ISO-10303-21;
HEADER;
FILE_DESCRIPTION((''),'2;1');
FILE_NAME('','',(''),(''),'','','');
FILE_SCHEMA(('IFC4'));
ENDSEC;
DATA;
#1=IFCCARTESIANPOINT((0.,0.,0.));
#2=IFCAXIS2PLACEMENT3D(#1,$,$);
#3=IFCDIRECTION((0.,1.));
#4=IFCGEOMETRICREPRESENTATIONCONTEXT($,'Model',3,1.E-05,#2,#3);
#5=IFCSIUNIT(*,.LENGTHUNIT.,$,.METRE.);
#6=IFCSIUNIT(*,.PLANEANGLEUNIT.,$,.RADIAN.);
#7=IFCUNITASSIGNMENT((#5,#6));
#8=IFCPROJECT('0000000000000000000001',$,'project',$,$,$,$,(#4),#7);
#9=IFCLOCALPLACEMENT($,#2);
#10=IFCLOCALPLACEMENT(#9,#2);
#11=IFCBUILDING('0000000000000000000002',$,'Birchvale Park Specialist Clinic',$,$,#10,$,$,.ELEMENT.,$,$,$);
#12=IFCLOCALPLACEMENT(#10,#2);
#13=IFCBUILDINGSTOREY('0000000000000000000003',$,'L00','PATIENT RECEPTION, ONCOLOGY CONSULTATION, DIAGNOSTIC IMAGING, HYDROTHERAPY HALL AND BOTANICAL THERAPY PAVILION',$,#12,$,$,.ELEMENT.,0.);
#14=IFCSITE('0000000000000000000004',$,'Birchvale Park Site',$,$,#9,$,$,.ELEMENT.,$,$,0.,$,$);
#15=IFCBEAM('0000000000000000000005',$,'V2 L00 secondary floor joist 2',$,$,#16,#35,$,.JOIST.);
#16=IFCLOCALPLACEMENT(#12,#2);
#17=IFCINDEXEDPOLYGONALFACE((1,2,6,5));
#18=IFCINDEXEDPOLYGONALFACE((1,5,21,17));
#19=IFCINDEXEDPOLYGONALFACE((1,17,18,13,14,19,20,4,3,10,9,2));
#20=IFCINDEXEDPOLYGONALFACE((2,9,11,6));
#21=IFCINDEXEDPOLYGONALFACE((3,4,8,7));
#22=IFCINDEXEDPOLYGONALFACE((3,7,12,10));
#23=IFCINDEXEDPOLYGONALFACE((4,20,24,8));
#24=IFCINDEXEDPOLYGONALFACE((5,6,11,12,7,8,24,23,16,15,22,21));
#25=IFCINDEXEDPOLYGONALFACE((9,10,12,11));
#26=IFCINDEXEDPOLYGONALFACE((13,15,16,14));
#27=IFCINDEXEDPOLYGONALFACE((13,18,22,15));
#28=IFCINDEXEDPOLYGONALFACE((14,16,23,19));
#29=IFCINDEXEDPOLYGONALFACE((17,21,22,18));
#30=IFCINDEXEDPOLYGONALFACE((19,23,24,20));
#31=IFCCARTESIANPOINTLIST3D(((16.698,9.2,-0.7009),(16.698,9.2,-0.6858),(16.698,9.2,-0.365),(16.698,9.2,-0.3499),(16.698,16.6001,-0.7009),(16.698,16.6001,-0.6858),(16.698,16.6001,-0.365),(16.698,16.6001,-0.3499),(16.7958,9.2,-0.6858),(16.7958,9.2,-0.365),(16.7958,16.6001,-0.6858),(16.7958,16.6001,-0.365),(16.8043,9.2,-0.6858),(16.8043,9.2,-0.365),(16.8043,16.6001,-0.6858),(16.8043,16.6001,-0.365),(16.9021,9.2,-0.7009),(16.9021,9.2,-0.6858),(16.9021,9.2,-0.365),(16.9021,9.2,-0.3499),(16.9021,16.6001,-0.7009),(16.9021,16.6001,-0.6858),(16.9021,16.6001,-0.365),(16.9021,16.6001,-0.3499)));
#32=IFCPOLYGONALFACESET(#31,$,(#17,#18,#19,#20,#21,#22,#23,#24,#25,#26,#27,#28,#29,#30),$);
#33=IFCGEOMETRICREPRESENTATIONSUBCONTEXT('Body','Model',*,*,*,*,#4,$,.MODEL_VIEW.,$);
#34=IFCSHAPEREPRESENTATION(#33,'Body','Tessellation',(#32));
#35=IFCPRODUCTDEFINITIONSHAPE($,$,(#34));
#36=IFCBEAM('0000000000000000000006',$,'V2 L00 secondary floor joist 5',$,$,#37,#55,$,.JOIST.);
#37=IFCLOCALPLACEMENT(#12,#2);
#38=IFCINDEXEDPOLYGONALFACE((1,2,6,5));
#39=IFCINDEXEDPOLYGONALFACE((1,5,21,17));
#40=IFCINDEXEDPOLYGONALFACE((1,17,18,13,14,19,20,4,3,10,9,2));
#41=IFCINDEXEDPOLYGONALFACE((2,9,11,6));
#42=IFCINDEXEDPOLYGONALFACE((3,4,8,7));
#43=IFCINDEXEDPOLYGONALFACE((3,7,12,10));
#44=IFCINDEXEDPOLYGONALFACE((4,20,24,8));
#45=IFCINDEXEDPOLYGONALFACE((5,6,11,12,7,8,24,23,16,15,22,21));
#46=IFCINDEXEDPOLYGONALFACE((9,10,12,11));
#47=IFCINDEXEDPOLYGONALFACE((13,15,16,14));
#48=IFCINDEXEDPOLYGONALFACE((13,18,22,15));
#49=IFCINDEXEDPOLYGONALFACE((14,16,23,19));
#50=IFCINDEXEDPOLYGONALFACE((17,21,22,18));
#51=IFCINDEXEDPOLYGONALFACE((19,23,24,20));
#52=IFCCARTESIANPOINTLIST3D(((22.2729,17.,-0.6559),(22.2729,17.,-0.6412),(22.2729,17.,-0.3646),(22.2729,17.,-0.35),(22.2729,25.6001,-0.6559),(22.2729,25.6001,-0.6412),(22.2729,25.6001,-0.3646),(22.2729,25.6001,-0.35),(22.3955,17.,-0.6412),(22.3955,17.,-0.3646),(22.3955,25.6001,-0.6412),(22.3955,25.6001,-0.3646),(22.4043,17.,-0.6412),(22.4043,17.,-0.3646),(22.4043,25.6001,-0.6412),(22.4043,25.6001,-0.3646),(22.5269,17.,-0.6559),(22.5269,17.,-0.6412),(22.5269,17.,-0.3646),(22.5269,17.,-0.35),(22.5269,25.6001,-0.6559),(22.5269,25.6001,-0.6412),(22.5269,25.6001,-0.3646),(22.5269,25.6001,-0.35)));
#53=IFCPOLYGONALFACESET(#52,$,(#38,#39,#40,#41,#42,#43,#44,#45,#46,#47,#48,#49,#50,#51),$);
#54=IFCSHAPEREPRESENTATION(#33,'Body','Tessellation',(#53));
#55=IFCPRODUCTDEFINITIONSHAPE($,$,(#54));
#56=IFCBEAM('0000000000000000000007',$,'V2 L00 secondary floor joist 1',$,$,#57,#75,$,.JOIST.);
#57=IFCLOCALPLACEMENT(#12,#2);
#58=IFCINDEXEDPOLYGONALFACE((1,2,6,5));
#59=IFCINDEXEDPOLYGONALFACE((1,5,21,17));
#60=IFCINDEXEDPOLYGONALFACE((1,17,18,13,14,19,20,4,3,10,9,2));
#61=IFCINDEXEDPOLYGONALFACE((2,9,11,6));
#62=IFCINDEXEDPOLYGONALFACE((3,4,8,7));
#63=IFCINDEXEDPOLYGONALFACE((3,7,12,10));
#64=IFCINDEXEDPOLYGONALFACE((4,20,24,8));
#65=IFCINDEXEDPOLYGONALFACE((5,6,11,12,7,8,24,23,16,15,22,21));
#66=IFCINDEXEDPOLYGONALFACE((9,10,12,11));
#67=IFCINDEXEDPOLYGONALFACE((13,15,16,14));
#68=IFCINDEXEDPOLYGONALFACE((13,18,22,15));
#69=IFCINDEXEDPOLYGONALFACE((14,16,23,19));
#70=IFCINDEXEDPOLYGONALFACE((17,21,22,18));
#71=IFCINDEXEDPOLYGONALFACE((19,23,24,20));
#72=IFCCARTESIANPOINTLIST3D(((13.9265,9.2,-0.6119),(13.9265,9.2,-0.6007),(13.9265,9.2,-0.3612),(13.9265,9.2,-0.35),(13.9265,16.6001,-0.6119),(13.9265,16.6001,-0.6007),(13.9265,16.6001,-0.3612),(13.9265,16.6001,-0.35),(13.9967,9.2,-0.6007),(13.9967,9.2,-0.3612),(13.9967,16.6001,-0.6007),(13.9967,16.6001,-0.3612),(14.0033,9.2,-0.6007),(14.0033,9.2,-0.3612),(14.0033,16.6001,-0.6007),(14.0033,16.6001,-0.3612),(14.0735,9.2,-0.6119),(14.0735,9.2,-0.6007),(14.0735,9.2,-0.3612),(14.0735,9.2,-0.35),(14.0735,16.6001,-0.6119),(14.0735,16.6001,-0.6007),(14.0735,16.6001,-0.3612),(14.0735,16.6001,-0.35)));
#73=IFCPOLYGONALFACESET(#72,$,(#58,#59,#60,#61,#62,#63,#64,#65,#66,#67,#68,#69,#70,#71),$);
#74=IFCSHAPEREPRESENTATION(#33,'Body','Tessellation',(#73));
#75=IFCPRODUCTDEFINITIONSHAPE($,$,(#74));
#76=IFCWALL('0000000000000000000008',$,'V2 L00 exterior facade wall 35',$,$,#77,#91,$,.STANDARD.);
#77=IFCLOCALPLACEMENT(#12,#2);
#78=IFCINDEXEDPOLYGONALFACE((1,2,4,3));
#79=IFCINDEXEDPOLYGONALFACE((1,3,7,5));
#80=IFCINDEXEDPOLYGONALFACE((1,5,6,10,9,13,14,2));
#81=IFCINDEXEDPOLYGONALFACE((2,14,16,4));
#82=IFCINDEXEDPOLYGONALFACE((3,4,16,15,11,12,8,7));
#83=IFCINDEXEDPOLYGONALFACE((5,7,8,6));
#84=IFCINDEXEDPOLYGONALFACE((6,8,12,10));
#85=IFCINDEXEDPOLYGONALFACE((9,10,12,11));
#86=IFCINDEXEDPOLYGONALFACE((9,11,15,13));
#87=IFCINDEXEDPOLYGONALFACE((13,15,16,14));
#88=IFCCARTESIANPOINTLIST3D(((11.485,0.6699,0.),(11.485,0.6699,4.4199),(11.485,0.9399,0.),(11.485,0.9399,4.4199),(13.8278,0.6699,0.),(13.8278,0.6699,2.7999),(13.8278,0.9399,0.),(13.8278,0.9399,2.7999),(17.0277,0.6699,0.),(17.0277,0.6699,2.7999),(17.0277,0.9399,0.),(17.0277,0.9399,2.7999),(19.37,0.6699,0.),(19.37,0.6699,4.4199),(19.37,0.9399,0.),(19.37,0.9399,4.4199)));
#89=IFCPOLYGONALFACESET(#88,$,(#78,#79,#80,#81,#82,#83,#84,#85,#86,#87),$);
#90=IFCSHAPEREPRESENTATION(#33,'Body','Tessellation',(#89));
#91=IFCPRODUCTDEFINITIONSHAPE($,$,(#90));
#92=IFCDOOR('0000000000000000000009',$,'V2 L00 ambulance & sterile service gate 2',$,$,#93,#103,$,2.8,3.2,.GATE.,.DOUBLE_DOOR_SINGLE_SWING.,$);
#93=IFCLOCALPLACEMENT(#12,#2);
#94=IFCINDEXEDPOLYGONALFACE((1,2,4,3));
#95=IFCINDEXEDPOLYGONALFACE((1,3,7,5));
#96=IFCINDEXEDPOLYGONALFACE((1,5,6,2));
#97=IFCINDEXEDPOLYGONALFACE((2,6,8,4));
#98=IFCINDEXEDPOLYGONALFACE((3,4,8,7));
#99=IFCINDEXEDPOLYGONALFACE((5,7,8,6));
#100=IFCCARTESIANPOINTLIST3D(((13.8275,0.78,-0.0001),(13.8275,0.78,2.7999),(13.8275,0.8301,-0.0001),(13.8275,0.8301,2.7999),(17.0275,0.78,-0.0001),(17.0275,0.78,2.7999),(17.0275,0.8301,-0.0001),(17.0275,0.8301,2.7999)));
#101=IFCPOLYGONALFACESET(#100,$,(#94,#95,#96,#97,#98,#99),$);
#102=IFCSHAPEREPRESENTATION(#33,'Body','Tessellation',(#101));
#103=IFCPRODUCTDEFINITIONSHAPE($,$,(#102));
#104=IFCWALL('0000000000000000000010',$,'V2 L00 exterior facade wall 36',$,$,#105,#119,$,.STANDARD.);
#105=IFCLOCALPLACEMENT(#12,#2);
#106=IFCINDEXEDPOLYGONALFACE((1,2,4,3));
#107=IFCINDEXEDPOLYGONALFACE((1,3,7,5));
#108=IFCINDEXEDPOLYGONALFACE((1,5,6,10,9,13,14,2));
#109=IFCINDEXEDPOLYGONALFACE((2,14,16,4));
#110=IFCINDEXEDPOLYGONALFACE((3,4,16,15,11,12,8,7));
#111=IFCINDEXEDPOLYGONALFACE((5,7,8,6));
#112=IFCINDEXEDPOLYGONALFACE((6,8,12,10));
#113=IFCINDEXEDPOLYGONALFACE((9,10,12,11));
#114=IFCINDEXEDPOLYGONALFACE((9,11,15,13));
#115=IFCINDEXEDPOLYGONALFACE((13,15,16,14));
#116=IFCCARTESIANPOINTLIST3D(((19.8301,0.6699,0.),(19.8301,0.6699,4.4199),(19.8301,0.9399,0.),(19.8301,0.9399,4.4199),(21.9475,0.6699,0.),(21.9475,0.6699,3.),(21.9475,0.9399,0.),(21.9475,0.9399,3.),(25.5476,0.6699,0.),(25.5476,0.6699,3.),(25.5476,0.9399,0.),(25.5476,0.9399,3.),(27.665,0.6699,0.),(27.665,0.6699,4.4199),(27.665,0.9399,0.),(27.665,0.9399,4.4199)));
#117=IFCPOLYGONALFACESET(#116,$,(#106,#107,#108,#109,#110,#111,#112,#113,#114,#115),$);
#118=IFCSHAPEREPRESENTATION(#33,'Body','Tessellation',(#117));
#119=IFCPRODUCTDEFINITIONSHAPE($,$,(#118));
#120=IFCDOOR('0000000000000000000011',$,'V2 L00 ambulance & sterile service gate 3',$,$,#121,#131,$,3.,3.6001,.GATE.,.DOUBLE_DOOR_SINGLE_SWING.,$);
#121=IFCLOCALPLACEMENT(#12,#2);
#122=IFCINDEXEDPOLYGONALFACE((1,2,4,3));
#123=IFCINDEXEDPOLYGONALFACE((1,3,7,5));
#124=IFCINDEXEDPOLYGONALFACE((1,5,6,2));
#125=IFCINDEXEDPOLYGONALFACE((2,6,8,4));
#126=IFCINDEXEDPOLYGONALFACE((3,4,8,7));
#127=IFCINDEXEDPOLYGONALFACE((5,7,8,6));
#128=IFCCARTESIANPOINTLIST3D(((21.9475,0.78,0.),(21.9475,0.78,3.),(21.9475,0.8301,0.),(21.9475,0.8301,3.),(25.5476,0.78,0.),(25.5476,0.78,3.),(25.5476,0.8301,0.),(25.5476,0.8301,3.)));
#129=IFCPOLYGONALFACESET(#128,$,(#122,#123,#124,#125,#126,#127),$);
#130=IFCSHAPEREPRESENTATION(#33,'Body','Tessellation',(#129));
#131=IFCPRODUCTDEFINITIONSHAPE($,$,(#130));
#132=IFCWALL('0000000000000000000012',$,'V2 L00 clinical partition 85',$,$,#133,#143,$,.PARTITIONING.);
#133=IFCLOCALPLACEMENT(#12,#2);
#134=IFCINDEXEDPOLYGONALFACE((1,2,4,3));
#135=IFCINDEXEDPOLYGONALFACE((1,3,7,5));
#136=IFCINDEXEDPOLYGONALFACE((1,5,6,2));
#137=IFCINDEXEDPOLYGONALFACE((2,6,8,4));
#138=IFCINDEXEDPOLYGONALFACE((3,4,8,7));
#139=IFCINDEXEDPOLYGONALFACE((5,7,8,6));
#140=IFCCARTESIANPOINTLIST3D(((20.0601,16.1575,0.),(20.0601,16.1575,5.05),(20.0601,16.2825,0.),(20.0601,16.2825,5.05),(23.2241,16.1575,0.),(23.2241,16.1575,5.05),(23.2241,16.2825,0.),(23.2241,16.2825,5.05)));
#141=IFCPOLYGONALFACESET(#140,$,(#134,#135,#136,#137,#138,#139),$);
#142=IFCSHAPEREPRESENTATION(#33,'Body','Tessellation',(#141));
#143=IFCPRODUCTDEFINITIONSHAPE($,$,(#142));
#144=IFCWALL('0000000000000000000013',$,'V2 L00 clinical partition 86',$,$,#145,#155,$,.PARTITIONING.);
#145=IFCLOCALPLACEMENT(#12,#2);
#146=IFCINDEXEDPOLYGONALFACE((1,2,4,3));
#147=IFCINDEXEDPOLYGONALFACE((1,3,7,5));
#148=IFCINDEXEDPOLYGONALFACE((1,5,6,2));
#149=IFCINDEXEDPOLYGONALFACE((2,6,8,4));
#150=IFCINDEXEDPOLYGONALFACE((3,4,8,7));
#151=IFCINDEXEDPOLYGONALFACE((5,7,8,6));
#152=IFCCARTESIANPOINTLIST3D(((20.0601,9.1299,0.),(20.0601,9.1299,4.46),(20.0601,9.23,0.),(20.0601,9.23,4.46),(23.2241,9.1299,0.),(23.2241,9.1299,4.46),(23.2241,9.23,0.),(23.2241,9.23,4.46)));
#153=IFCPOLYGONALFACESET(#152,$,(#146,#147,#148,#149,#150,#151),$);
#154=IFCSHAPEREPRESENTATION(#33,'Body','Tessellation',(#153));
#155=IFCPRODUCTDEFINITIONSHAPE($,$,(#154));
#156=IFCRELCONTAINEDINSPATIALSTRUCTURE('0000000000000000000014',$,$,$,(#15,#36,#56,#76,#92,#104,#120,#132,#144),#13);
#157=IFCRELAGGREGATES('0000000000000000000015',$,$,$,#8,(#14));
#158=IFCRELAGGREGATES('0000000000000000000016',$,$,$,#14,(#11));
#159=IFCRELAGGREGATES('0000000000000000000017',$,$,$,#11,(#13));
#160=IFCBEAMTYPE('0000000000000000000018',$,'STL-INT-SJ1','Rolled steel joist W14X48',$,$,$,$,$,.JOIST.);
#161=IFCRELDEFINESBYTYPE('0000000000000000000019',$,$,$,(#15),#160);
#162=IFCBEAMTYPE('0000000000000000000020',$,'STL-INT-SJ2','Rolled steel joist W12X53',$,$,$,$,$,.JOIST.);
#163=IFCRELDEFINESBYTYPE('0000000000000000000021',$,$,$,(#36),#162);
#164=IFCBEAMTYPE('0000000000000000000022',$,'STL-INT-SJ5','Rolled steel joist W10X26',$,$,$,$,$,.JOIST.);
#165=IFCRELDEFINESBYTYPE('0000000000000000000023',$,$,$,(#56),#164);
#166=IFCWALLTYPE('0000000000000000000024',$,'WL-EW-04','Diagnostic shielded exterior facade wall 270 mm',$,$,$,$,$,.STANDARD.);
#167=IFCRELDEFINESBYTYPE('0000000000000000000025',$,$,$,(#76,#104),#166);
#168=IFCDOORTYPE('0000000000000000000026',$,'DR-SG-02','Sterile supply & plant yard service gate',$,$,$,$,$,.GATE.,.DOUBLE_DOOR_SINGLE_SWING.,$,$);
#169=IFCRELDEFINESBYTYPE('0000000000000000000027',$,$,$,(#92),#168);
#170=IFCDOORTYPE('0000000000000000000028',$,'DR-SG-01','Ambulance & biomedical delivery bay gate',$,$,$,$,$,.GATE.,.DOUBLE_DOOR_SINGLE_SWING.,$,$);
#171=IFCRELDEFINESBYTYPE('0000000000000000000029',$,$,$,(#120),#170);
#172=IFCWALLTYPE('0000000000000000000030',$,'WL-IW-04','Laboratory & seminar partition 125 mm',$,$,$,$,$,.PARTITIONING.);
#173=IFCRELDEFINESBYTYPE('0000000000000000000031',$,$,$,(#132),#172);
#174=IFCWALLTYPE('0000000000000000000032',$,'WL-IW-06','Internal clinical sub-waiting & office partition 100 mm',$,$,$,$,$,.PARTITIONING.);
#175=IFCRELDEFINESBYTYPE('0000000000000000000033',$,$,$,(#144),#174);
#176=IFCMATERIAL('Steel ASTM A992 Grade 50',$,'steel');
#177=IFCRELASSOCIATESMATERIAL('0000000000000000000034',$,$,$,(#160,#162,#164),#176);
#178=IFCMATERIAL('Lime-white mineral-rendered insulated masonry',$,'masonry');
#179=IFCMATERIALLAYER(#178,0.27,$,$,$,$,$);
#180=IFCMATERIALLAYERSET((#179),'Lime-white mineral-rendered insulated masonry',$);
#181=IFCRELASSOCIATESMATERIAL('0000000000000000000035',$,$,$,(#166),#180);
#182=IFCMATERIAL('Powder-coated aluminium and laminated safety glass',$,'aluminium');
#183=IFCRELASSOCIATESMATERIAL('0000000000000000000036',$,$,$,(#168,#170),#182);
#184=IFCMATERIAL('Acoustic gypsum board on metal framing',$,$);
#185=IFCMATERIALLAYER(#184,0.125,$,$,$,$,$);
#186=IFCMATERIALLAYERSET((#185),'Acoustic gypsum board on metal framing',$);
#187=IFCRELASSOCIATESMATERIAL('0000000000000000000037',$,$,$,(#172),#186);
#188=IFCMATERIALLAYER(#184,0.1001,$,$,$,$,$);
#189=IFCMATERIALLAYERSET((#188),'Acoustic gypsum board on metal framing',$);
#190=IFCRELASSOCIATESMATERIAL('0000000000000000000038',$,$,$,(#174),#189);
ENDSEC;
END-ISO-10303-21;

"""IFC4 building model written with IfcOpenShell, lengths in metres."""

from ifc_helpers import new_model, si_unit, direction, frame, frame_2d, origin, origin_2d, place, context, subcontext, project, spatial, rectangle, i_section, extrude, material, layer, layer_set, material_profile, profile_set, type_object, element, fill, save


model = new_model("IFC4")

# Units and contexts
model_context = context("Model", 3, precision=1e-05, world=origin(), true_north=direction((0.0, 1.0)))
body_context = subcontext(model_context, "Body", "Model", "MODEL_VIEW")
ifc_project = project(units=[si_unit("LENGTHUNIT", "METRE"), si_unit("PLANEANGLEUNIT", "RADIAN")], contexts=[model_context])

# Site, building, storey
site_placement = place(None, origin())
site = spatial("IfcSite", under=ifc_project, at=site_placement, Name="Birchvale Park Site", CompositionType="ELEMENT", RefElevation=0.0)
building_placement = place(site_placement, origin())
building = spatial("IfcBuilding", under=site, at=building_placement, Name="Birchvale Park Specialist Clinic", CompositionType="ELEMENT")
storey_placement = place(building_placement, origin())
storey = spatial("IfcBuildingStorey", under=building, at=storey_placement, Name="L00", Description="PATIENT RECEPTION, ONCOLOGY CONSULTATION, DIAGNOSTIC IMAGING, HYDROTHERAPY HALL AND BOTANICAL THERAPY PAVILION", CompositionType="ELEMENT", Elevation=0.0)

# Beams
ifc_material_1 = material(Name="Steel ASTM A992 Grade 50", Category="steel")
ifc_material_profile_1 = material_profile(ifc_material_1, i_section(OverallWidth=0.2041, OverallDepth=0.3511, WebThickness=0.0085, FlangeThickness=0.0151, at=origin_2d()), Name="W14X48")
ifc_profile_set_1 = profile_set([ifc_material_profile_1], Name="Steel ASTM A992 Grade 50")
beam_type_1 = type_object("IfcBeamType", Name="STL-INT-SJ1", Description="Rolled steel joist W14X48", PredefinedType="JOIST", material=ifc_profile_set_1)
beam_1_placement = place(storey_placement, frame((16.8, 9.2, -0.5254), z_axis=(0.0, 1.0, 0.0), x_axis=(-1.0, 0.0, 0.0)))
element("IfcBeam", 1, at=beam_1_placement, inside=storey, type_object=beam_type_1, Name="V2 L00 secondary floor joist 2", PredefinedType="JOIST", context=body_context, shape_type="SweptSolid", body=[
    extrude(i_section(OverallWidth=0.2041, OverallDepth=0.3511, WebThickness=0.0085, FlangeThickness=0.0151, at=origin_2d()), origin(), (0.0, 0.0, 1.0), 7.4001),
])
ifc_material_profile_2 = material_profile(ifc_material_1, i_section(OverallWidth=0.2539, OverallDepth=0.3059, WebThickness=0.0088, FlangeThickness=0.0146, at=origin_2d()), Name="W12X53")
ifc_profile_set_2 = profile_set([ifc_material_profile_2], Name="Steel ASTM A992 Grade 50")
beam_type_2 = type_object("IfcBeamType", Name="STL-INT-SJ2", Description="Rolled steel joist W12X53", PredefinedType="JOIST", material=ifc_profile_set_2)
beam_2_placement = place(storey_placement, frame((22.3999, 17.0, -0.5029), z_axis=(0.0, 1.0, 0.0), x_axis=(-1.0, 0.0, 0.0)))
element("IfcBeam", 2, at=beam_2_placement, inside=storey, type_object=beam_type_2, Name="V2 L00 secondary floor joist 5", PredefinedType="JOIST", context=body_context, shape_type="SweptSolid", body=[
    extrude(i_section(OverallWidth=0.2539, OverallDepth=0.3059, WebThickness=0.0088, FlangeThickness=0.0146, at=origin_2d()), origin(), (0.0, 0.0, 1.0), 8.6001),
])
ifc_material_profile_3 = material_profile(ifc_material_1, i_section(OverallWidth=0.147, OverallDepth=0.262, WebThickness=0.0066, FlangeThickness=0.0112, at=origin_2d()), Name="W10X26")
ifc_profile_set_3 = profile_set([ifc_material_profile_3], Name="Steel ASTM A992 Grade 50")
beam_type_3 = type_object("IfcBeamType", Name="STL-INT-SJ5", Description="Rolled steel joist W10X26", PredefinedType="JOIST", material=ifc_profile_set_3)
beam_3_placement = place(storey_placement, frame((14.0, 9.2, -0.481), z_axis=(0.0, 1.0, 0.0), x_axis=(-1.0, 0.0, 0.0)))
element("IfcBeam", 3, at=beam_3_placement, inside=storey, type_object=beam_type_3, Name="V2 L00 secondary floor joist 1", PredefinedType="JOIST", context=body_context, shape_type="SweptSolid", body=[
    extrude(i_section(OverallWidth=0.147, OverallDepth=0.262, WebThickness=0.0066, FlangeThickness=0.0112, at=origin_2d()), origin(), (0.0, 0.0, 1.0), 7.4001),
])

# Walls, openings, doors
ifc_material_2 = material(Name="Lime-white mineral-rendered insulated masonry", Category="masonry")
ifc_layer_1 = layer(ifc_material_2, 0.27)
ifc_layer_set_1 = layer_set([ifc_layer_1], Name="Lime-white mineral-rendered insulated masonry")
wall_type_1 = type_object("IfcWallType", Name="WL-EW-04", Description="Diagnostic shielded exterior facade wall 270 mm", PredefinedType="STANDARD", material=ifc_layer_set_1)
wall_1_placement = place(storey_placement, frame((11.4851, 0.8049, 0.0), z_axis=(0.0, 0.0, 1.0), x_axis=(1.0, 0.0, 0.0)))
wall_1 = element("IfcWall", 4, at=wall_1_placement, inside=storey, type_object=wall_type_1, Name="V2 L00 exterior facade wall 35", PredefinedType="STANDARD", context=body_context, shape_type="SweptSolid", body=[
    extrude(rectangle(XDim=7.885, YDim=0.27, at=frame_2d((3.9424, 0.0))), origin(), (0.0, 0.0, 1.0), 4.4199),
])
opening_1_placement = place(wall_1_placement, frame((2.3425, 0.0, 0.0)))
opening_1 = element("IfcOpeningElement", 5, at=opening_1_placement, cuts=wall_1, PredefinedType="OPENING", context=body_context, shape_type="SweptSolid", body=[
    extrude(rectangle(XDim=3.2, YDim=2.8, at=frame_2d((1.6001, 1.3999))), frame((0.0, 0.145, 0.0), z_axis=(0.0, -1.0, 0.0), x_axis=(1.0, 0.0, 0.0)), (0.0, 0.0, 1.0), 0.29),
])
ifc_material_3 = material(Name="Powder-coated aluminium and laminated safety glass", Category="aluminium")
door_type_1 = type_object("IfcDoorType", Name="DR-SG-02", Description="Sterile supply & plant yard service gate", OperationType="DOUBLE_DOOR_SINGLE_SWING", PredefinedType="GATE", material=ifc_material_3)
door_1_placement = place(opening_1_placement, frame((3.2, 0.0, 0.0), z_axis=(0.0, 0.0, 1.0), x_axis=(-1.0, 0.0, 0.0)))
door_1 = element("IfcDoor", 6, at=door_1_placement, inside=storey, type_object=door_type_1, Name="V2 L00 ambulance & sterile service gate 2", OperationType="DOUBLE_DOOR_SINGLE_SWING", OverallHeight=2.8, OverallWidth=3.2, PredefinedType="GATE", context=body_context, shape_type="SweptSolid", body=[
    extrude(rectangle(XDim=3.2, YDim=2.8, at=frame_2d((1.6001, 1.3999))), frame((0.0, 0.0249, 0.0), z_axis=(0.0, -1.0, 0.0), x_axis=(1.0, 0.0, 0.0)), (0.0, 0.0, 1.0), 0.05),
])
fill(opening_1, door_1)
wall_2_placement = place(storey_placement, frame((19.8301, 0.8049, 0.0), z_axis=(0.0, 0.0, 1.0), x_axis=(1.0, 0.0, 0.0)))
wall_2 = element("IfcWall", 7, at=wall_2_placement, inside=storey, type_object=wall_type_1, Name="V2 L00 exterior facade wall 36", PredefinedType="STANDARD", context=body_context, shape_type="SweptSolid", body=[
    extrude(rectangle(XDim=7.835, YDim=0.27, at=frame_2d((3.9175, 0.0))), origin(), (0.0, 0.0, 1.0), 4.4199),
])
opening_2_placement = place(wall_2_placement, frame((2.1174, 0.0, 0.0)))
opening_2 = element("IfcOpeningElement", 8, at=opening_2_placement, cuts=wall_2, PredefinedType="OPENING", context=body_context, shape_type="SweptSolid", body=[
    extrude(rectangle(XDim=3.6001, YDim=3.0, at=frame_2d((1.8, 1.5))), frame((0.0, 0.145, 0.0), z_axis=(0.0, -1.0, 0.0), x_axis=(1.0, 0.0, 0.0)), (0.0, 0.0, 1.0), 0.29),
])
door_type_2 = type_object("IfcDoorType", Name="DR-SG-01", Description="Ambulance & biomedical delivery bay gate", OperationType="DOUBLE_DOOR_SINGLE_SWING", PredefinedType="GATE", material=ifc_material_3)
door_2_placement = place(opening_2_placement, frame((3.6001, 0.0, 0.0), z_axis=(0.0, 0.0, 1.0), x_axis=(-1.0, 0.0, 0.0)))
door_2 = element("IfcDoor", 9, at=door_2_placement, inside=storey, type_object=door_type_2, Name="V2 L00 ambulance & sterile service gate 3", OperationType="DOUBLE_DOOR_SINGLE_SWING", OverallHeight=3.0, OverallWidth=3.6001, PredefinedType="GATE", context=body_context, shape_type="SweptSolid", body=[
    extrude(rectangle(XDim=3.6001, YDim=3.0, at=frame_2d((1.8, 1.5))), frame((0.0, 0.0249, 0.0), z_axis=(0.0, -1.0, 0.0), x_axis=(1.0, 0.0, 0.0)), (0.0, 0.0, 1.0), 0.05),
])
fill(opening_2, door_2)

# Walls
ifc_material_4 = material(Name="Acoustic gypsum board on metal framing")
ifc_layer_2 = layer(ifc_material_4, 0.125)
ifc_layer_set_2 = layer_set([ifc_layer_2], Name="Acoustic gypsum board on metal framing")
wall_type_2 = type_object("IfcWallType", Name="WL-IW-04", Description="Laboratory & seminar partition 125 mm", PredefinedType="PARTITIONING", material=ifc_layer_set_2)
wall_3_placement = place(storey_placement, frame((23.2241, 16.22, 0.0), z_axis=(0.0, 0.0, 1.0), x_axis=(-1.0, 0.0, 0.0)))
element("IfcWall", 10, at=wall_3_placement, inside=storey, type_object=wall_type_2, Name="V2 L00 clinical partition 85", PredefinedType="PARTITIONING", context=body_context, shape_type="SweptSolid", body=[
    extrude(rectangle(XDim=3.1641, YDim=0.125, at=frame_2d((1.582, 0.0))), origin(), (0.0, 0.0, 1.0), 5.05),
])
ifc_layer_3 = layer(ifc_material_4, 0.1001)
ifc_layer_set_3 = layer_set([ifc_layer_3], Name="Acoustic gypsum board on metal framing")
wall_type_3 = type_object("IfcWallType", Name="WL-IW-06", Description="Internal clinical sub-waiting & office partition 100 mm", PredefinedType="PARTITIONING", material=ifc_layer_set_3)
wall_4_placement = place(storey_placement, frame((20.0601, 9.1799, 0.0), z_axis=(0.0, 0.0, 1.0), x_axis=(1.0, 0.0, 0.0)))
element("IfcWall", 11, at=wall_4_placement, inside=storey, type_object=wall_type_3, Name="V2 L00 clinical partition 86", PredefinedType="PARTITIONING", context=body_context, shape_type="SweptSolid", body=[
    extrude(rectangle(XDim=3.1641, YDim=0.1001, at=frame_2d((1.582, 0.0))), origin(), (0.0, 0.0, 1.0), 4.46),
])

save(model, "model.ifc")
